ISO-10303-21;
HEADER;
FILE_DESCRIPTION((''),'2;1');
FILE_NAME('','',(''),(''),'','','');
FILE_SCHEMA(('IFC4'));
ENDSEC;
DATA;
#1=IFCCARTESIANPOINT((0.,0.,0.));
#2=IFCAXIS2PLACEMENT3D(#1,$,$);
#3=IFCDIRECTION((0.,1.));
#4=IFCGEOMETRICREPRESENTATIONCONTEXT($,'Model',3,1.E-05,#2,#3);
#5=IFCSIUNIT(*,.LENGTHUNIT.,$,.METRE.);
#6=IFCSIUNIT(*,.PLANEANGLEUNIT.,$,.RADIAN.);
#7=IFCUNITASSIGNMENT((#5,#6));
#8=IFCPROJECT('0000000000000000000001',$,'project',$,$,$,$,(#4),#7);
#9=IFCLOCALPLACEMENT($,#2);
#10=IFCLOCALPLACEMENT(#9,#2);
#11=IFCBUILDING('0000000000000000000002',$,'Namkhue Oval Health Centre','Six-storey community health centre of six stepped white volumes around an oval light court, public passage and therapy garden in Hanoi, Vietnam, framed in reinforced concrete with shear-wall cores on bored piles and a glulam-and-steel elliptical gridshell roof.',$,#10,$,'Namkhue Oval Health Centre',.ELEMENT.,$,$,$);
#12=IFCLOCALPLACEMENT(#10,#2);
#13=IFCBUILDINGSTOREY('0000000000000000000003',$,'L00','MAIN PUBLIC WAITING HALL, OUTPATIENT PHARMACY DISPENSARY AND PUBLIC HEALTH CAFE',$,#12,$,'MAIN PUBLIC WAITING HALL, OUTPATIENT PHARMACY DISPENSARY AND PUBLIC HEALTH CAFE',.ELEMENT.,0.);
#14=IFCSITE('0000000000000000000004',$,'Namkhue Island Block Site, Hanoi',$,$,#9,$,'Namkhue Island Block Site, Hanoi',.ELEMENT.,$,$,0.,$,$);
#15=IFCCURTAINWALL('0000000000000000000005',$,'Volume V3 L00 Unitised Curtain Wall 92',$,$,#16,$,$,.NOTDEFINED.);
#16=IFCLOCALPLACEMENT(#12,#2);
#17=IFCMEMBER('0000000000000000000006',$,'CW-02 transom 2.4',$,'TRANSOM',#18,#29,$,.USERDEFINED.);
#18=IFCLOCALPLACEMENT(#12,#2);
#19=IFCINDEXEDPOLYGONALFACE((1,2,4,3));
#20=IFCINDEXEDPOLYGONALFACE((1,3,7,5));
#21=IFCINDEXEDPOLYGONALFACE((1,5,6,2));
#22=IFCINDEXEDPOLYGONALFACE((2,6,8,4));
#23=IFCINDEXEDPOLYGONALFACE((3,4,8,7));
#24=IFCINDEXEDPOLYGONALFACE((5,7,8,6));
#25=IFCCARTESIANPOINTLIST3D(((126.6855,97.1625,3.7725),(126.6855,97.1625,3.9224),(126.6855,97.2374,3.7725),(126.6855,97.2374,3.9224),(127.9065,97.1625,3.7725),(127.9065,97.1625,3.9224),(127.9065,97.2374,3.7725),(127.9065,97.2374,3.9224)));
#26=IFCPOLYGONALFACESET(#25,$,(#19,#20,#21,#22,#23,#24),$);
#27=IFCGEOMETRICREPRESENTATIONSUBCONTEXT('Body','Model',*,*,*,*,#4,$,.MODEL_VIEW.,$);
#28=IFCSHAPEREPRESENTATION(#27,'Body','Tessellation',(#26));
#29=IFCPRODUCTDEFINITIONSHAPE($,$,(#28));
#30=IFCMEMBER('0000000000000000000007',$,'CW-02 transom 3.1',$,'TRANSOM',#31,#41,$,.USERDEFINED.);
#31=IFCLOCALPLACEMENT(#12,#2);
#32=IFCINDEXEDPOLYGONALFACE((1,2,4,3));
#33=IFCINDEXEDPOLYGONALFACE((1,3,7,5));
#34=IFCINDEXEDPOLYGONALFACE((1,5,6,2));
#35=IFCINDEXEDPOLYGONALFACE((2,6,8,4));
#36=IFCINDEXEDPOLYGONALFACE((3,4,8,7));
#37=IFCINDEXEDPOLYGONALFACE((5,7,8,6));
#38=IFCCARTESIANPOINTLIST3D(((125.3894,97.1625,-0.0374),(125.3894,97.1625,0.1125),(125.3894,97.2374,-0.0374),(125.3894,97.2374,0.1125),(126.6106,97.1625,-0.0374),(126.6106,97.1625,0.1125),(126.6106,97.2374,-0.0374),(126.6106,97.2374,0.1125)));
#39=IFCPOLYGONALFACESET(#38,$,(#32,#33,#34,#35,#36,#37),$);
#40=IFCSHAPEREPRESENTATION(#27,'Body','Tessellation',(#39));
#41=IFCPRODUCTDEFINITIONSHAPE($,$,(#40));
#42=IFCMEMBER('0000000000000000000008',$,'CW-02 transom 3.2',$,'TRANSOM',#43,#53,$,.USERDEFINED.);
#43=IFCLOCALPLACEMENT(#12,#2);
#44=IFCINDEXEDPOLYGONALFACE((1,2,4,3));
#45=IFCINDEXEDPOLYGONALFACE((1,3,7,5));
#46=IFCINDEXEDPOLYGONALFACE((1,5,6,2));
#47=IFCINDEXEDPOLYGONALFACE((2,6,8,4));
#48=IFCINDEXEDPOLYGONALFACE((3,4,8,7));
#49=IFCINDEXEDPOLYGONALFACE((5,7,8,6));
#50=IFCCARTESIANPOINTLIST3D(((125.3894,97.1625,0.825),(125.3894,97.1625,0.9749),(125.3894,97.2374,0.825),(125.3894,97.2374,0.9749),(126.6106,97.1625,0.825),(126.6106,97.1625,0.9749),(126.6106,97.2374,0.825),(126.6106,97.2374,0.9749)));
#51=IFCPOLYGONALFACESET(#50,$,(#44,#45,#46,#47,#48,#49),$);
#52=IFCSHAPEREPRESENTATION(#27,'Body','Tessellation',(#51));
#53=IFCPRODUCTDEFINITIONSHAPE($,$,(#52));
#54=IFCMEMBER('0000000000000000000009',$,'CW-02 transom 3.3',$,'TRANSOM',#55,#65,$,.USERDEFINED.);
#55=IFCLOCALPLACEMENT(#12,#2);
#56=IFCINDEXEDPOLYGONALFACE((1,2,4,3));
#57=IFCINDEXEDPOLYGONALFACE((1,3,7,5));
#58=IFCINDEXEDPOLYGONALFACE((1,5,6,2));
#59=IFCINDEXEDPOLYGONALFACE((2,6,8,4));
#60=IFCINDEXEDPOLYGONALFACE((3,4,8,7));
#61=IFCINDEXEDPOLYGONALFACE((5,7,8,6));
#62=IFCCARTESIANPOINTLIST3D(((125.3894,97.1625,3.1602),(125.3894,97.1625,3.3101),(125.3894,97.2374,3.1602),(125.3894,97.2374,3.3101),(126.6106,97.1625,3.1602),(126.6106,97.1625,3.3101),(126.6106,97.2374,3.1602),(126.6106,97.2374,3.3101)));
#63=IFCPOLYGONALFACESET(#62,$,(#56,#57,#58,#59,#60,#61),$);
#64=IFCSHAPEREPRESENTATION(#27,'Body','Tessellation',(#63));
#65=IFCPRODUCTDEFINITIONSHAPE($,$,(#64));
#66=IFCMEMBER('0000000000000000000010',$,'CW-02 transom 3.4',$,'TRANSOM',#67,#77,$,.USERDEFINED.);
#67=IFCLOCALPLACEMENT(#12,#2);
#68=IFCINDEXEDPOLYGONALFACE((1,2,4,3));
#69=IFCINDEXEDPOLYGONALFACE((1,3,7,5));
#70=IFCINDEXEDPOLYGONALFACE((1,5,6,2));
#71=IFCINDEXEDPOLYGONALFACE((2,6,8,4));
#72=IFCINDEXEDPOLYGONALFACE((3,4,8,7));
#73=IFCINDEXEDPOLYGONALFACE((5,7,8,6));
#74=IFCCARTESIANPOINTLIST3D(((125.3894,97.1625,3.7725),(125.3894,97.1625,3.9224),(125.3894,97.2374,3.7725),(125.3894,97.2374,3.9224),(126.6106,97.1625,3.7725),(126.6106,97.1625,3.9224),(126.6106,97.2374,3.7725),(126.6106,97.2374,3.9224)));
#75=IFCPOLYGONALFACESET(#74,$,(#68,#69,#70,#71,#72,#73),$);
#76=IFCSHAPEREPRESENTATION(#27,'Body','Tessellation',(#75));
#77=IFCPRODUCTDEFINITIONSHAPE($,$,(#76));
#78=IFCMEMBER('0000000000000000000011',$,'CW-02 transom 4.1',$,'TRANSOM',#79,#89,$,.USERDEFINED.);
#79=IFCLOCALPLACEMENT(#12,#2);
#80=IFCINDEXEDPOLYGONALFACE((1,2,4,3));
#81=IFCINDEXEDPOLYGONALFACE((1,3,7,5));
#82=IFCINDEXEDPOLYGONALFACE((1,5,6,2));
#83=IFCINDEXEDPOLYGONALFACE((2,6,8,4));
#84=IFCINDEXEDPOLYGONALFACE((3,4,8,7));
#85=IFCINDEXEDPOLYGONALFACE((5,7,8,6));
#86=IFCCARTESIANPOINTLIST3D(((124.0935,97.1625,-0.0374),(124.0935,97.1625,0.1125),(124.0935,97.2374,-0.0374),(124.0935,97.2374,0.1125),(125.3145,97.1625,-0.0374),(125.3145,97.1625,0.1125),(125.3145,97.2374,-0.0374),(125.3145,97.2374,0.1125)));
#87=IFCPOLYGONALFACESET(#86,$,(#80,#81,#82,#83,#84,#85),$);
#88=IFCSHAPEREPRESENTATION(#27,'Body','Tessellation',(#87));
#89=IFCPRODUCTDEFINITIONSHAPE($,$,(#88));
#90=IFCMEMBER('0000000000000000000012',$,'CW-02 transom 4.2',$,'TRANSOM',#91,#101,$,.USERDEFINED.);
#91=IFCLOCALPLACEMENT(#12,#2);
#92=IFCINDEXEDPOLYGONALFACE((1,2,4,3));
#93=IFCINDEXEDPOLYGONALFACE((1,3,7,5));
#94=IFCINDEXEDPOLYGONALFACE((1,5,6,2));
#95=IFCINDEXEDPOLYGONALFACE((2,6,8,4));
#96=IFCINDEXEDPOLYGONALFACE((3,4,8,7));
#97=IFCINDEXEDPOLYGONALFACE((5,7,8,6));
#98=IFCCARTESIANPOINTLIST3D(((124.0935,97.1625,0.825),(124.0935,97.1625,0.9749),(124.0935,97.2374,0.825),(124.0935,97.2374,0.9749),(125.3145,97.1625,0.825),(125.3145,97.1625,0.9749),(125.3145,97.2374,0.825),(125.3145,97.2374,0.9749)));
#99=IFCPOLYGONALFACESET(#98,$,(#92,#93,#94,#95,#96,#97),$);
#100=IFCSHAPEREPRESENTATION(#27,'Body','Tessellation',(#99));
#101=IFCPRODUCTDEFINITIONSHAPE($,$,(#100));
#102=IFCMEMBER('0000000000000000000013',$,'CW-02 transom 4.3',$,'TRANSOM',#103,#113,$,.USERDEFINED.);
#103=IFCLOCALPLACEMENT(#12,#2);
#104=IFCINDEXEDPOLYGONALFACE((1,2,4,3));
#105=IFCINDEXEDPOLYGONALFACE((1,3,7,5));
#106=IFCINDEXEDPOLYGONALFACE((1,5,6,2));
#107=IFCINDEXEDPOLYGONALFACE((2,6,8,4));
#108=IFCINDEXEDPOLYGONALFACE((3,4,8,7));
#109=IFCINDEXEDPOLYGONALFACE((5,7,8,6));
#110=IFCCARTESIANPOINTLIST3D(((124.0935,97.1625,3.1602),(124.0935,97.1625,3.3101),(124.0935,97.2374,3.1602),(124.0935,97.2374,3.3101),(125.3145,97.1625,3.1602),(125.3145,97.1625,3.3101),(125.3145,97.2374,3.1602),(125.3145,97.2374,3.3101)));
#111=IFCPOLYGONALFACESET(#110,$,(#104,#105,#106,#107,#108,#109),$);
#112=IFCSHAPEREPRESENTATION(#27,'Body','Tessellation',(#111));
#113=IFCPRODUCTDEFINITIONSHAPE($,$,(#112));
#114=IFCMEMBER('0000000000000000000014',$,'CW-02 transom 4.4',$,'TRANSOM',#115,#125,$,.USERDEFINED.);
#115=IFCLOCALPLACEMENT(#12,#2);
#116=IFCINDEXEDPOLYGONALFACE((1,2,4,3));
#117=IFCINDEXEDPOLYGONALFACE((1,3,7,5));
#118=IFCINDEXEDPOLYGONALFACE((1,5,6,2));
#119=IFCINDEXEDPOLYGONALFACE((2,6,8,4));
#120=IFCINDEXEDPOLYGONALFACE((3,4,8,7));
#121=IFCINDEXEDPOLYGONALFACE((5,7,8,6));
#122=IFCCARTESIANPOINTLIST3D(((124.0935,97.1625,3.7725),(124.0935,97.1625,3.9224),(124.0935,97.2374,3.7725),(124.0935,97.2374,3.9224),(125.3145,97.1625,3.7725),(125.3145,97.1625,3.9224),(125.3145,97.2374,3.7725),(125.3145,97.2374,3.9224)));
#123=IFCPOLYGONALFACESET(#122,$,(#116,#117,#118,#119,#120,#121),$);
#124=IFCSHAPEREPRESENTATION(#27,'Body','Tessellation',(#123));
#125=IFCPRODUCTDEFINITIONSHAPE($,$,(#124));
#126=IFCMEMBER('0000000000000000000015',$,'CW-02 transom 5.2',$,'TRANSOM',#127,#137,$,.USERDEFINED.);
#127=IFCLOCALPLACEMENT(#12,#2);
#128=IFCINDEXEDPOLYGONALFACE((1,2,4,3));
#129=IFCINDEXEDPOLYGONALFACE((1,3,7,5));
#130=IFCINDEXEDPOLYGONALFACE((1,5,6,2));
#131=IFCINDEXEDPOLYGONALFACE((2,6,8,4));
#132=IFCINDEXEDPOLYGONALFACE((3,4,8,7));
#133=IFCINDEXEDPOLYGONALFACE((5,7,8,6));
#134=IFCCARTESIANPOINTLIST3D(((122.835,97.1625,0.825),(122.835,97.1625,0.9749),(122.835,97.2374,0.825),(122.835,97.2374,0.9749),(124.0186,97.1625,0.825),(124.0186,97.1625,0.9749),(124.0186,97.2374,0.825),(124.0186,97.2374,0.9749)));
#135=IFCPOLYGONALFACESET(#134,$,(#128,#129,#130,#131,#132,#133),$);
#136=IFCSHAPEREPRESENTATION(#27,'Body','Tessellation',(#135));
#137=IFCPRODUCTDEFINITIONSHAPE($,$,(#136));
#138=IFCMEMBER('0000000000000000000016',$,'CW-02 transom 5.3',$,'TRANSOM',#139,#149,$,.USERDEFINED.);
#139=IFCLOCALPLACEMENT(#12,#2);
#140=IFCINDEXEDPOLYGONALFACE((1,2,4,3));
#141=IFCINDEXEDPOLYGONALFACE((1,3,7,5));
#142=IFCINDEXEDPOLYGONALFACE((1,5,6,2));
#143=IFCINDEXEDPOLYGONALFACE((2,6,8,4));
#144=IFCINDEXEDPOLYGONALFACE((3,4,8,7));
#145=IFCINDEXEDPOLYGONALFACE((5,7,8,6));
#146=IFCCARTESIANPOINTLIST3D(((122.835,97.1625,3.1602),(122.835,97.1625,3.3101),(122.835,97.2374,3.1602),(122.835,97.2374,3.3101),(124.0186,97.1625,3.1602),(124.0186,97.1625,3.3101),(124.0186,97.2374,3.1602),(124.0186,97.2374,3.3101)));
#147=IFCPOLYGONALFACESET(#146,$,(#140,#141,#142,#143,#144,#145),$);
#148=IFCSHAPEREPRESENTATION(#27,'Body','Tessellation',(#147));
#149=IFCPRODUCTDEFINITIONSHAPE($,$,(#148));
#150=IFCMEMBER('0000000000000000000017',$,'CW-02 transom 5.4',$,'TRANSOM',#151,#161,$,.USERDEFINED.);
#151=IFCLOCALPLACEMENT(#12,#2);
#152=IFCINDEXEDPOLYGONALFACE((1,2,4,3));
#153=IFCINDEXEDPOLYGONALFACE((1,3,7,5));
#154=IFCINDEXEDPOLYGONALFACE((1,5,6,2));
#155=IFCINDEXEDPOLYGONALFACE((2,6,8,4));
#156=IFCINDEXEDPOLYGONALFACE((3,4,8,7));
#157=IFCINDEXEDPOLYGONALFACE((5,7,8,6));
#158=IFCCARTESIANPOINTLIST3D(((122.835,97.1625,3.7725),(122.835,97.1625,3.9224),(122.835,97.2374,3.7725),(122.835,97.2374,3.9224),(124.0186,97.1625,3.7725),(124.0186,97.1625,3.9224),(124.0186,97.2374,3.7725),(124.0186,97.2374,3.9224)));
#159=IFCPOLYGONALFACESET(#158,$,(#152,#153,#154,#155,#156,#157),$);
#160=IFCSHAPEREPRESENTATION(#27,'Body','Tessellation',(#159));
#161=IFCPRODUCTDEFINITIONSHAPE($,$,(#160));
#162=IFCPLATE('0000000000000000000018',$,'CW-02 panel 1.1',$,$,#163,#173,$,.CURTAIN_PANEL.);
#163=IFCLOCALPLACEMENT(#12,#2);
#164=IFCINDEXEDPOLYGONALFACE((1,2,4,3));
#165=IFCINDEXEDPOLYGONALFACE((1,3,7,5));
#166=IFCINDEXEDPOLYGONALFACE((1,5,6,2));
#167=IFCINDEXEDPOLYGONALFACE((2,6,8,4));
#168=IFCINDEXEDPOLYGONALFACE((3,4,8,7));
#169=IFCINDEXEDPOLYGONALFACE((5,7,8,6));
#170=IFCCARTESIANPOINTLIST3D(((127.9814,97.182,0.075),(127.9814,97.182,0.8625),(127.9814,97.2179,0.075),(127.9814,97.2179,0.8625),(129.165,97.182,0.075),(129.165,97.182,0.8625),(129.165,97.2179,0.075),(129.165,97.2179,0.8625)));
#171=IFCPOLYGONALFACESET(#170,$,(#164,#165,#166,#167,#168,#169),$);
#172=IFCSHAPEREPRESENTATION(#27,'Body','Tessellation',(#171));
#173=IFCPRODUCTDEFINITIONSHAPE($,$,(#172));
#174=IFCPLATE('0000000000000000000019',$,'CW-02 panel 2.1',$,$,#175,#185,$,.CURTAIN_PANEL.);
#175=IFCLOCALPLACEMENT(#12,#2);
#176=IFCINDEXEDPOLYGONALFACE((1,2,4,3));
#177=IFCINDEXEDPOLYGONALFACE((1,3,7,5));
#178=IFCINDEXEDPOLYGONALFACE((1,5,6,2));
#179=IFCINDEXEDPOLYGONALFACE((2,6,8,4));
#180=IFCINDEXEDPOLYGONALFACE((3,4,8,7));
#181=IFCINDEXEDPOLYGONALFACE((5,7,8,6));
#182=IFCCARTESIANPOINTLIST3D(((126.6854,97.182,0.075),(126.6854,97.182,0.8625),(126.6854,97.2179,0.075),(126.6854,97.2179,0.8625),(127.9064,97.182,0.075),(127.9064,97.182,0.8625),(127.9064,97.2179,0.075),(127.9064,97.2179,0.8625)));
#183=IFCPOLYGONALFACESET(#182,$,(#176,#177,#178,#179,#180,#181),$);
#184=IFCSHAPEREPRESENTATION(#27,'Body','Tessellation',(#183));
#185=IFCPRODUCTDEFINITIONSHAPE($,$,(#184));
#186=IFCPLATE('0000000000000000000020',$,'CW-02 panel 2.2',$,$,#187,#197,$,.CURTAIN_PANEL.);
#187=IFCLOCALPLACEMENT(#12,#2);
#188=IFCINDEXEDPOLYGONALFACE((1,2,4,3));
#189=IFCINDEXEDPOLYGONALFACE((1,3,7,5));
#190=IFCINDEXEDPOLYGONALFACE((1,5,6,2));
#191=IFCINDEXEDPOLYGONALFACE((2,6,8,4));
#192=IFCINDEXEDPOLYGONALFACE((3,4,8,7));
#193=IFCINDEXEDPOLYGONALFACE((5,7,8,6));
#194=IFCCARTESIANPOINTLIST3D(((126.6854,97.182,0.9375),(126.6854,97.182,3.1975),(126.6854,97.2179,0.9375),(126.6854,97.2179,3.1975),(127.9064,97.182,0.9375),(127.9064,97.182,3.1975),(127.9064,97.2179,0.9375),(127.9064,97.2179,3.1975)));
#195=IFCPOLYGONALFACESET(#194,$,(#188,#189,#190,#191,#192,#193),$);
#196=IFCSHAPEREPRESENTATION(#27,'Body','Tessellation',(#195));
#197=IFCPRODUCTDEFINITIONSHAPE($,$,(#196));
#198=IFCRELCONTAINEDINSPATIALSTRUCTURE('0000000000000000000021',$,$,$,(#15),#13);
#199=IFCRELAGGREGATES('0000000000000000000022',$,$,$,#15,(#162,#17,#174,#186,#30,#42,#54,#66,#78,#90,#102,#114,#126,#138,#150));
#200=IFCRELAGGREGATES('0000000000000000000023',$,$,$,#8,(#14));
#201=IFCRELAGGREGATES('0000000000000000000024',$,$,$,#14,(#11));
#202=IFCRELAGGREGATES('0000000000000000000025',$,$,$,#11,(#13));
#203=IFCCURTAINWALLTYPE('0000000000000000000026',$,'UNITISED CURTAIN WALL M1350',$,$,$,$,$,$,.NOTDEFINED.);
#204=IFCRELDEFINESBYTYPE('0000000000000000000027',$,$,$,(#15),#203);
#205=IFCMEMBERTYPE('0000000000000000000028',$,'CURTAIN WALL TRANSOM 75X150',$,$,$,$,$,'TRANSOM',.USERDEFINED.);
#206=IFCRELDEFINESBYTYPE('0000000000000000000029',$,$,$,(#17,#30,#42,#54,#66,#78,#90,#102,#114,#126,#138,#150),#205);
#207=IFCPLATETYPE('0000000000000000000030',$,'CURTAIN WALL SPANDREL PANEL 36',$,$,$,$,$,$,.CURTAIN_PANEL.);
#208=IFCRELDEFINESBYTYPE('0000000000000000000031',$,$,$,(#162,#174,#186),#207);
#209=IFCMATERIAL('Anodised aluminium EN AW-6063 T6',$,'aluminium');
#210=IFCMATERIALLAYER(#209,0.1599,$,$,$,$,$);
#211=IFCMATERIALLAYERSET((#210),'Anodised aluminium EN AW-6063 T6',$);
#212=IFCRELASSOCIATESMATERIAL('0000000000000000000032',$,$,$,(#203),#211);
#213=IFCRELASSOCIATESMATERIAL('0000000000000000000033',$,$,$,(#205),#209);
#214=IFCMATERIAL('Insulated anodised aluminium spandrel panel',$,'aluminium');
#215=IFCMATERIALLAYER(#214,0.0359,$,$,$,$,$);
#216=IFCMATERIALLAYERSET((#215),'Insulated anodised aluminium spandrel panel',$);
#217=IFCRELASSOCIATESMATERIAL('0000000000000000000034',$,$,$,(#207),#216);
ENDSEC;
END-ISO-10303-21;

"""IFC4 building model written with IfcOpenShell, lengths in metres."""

from ifc_helpers import new_model, si_unit, direction, frame, origin, origin_2d, place, context, subcontext, project, spatial, rectangle, extrude, material, layer, layer_set, material_profile, profile_set, type_object, element, aggregate, save


model = new_model("IFC4")

# Units and contexts
model_context = context("Model", 3, precision=1e-05, world=origin(), true_north=direction((0.0, 1.0)))
body_context = subcontext(model_context, "Body", "Model", "MODEL_VIEW")
ifc_project = project(units=[si_unit("LENGTHUNIT", "METRE"), si_unit("PLANEANGLEUNIT", "RADIAN")], contexts=[model_context])

# Site, building, storey
site_placement = place(None, origin())
site = spatial("IfcSite", under=ifc_project, at=site_placement, Name="Namkhue Island Block Site, Hanoi", LongName="Namkhue Island Block Site, Hanoi", CompositionType="ELEMENT", RefElevation=0.0)
building_placement = place(site_placement, origin())
building = spatial("IfcBuilding", under=site, at=building_placement, Name="Namkhue Oval Health Centre", Description="Six-storey community health centre of six stepped white volumes around an oval light court, public passage and therapy garden in Hanoi, Vietnam, framed in reinforced concrete with shear-wall cores on bored piles and a glulam-and-steel elliptical gridshell roof.", LongName="Namkhue Oval Health Centre", CompositionType="ELEMENT")
storey_placement = place(building_placement, origin())
storey = spatial("IfcBuildingStorey", under=building, at=storey_placement, Name="L00", Description="MAIN PUBLIC WAITING HALL, OUTPATIENT PHARMACY DISPENSARY AND PUBLIC HEALTH CAFE", LongName="MAIN PUBLIC WAITING HALL, OUTPATIENT PHARMACY DISPENSARY AND PUBLIC HEALTH CAFE", CompositionType="ELEMENT", Elevation=0.0)

# Curtain wall, members, plates
ifc_material_1 = material(Name="Anodised aluminium EN AW-6063 T6", Category="aluminium")
ifc_layer_1 = layer(ifc_material_1, 0.1599)
ifc_layer_set_1 = layer_set([ifc_layer_1], Name="Anodised aluminium EN AW-6063 T6")
curtain_wall_type = type_object("IfcCurtainWallType", Name="UNITISED CURTAIN WALL M1350", PredefinedType="NOTDEFINED", material=ifc_layer_set_1)
curtain_wall_placement = place(storey_placement, origin())
curtain_wall = element("IfcCurtainWall", 1, at=curtain_wall_placement, inside=storey, type_object=curtain_wall_type, Name="Volume V3 L00 Unitised Curtain Wall 92", PredefinedType="NOTDEFINED")
ifc_material_profile_1 = material_profile(ifc_material_1, rectangle(XDim=0.075, YDim=0.1499, at=origin_2d()), Name="ALU 75x150")
ifc_profile_set_1 = profile_set([ifc_material_profile_1], Name="Anodised aluminium EN AW-6063 T6")
member_type_1 = type_object("IfcMemberType", Name="CURTAIN WALL TRANSOM 75X150", ElementType="TRANSOM", PredefinedType="USERDEFINED", material=ifc_profile_set_1)
member_1_placement = place(storey_placement, frame((127.9065, 97.2, 3.8474), z_axis=(-1.0, 0.0, 0.0), x_axis=(0.0, -1.0, 0.0)))
member_1 = element("IfcMember", 2, at=member_1_placement, type_object=member_type_1, Name="CW-02 transom 2.4", ObjectType="TRANSOM", PredefinedType="USERDEFINED", context=body_context, shape_type="SweptSolid", body=[
    extrude(rectangle(XDim=0.075, YDim=0.1499, at=origin_2d()), origin(), (0.0, 0.0, 1.0), 1.2209),
])
member_2_placement = place(storey_placement, frame((126.6106, 97.2, 0.0376), z_axis=(-1.0, 0.0, 0.0), x_axis=(0.0, -1.0, 0.0)))
member_2 = element("IfcMember", 3, at=member_2_placement, type_object=member_type_1, Name="CW-02 transom 3.1", ObjectType="TRANSOM", PredefinedType="USERDEFINED", context=body_context, shape_type="SweptSolid", body=[
    extrude(rectangle(XDim=0.075, YDim=0.1499, at=origin_2d()), origin(), (0.0, 0.0, 1.0), 1.2212),
])
member_3_placement = place(storey_placement, frame((126.6106, 97.2, 0.8999), z_axis=(-1.0, 0.0, 0.0), x_axis=(0.0, -1.0, 0.0)))
member_3 = element("IfcMember", 4, at=member_3_placement, type_object=member_type_1, Name="CW-02 transom 3.2", ObjectType="TRANSOM", PredefinedType="USERDEFINED", context=body_context, shape_type="SweptSolid", body=[
    extrude(rectangle(XDim=0.075, YDim=0.1499, at=origin_2d()), origin(), (0.0, 0.0, 1.0), 1.2212),
])
member_4_placement = place(storey_placement, frame((126.6106, 97.2, 3.2351), z_axis=(-1.0, 0.0, 0.0), x_axis=(0.0, -1.0, 0.0)))
member_4 = element("IfcMember", 5, at=member_4_placement, type_object=member_type_1, Name="CW-02 transom 3.3", ObjectType="TRANSOM", PredefinedType="USERDEFINED", context=body_context, shape_type="SweptSolid", body=[
    extrude(rectangle(XDim=0.075, YDim=0.1499, at=origin_2d()), origin(), (0.0, 0.0, 1.0), 1.2212),
])
member_5_placement = place(storey_placement, frame((126.6106, 97.2, 3.8474), z_axis=(-1.0, 0.0, 0.0), x_axis=(0.0, -1.0, 0.0)))
member_5 = element("IfcMember", 6, at=member_5_placement, type_object=member_type_1, Name="CW-02 transom 3.4", ObjectType="TRANSOM", PredefinedType="USERDEFINED", context=body_context, shape_type="SweptSolid", body=[
    extrude(rectangle(XDim=0.075, YDim=0.1499, at=origin_2d()), origin(), (0.0, 0.0, 1.0), 1.2212),
])
member_6_placement = place(storey_placement, frame((125.3145, 97.2, 0.0376), z_axis=(-1.0, 0.0, 0.0), x_axis=(0.0, -1.0, 0.0)))
member_6 = element("IfcMember", 7, at=member_6_placement, type_object=member_type_1, Name="CW-02 transom 4.1", ObjectType="TRANSOM", PredefinedType="USERDEFINED", context=body_context, shape_type="SweptSolid", body=[
    extrude(rectangle(XDim=0.075, YDim=0.1499, at=origin_2d()), origin(), (0.0, 0.0, 1.0), 1.2209),
])
member_7_placement = place(storey_placement, frame((125.3145, 97.2, 0.8999), z_axis=(-1.0, 0.0, 0.0), x_axis=(0.0, -1.0, 0.0)))
member_7 = element("IfcMember", 8, at=member_7_placement, type_object=member_type_1, Name="CW-02 transom 4.2", ObjectType="TRANSOM", PredefinedType="USERDEFINED", context=body_context, shape_type="SweptSolid", body=[
    extrude(rectangle(XDim=0.075, YDim=0.1499, at=origin_2d()), origin(), (0.0, 0.0, 1.0), 1.2209),
])
member_8_placement = place(storey_placement, frame((125.3145, 97.2, 3.2351), z_axis=(-1.0, 0.0, 0.0), x_axis=(0.0, -1.0, 0.0)))
member_8 = element("IfcMember", 9, at=member_8_placement, type_object=member_type_1, Name="CW-02 transom 4.3", ObjectType="TRANSOM", PredefinedType="USERDEFINED", context=body_context, shape_type="SweptSolid", body=[
    extrude(rectangle(XDim=0.075, YDim=0.1499, at=origin_2d()), origin(), (0.0, 0.0, 1.0), 1.2209),
])
member_9_placement = place(storey_placement, frame((125.3145, 97.2, 3.8474), z_axis=(-1.0, 0.0, 0.0), x_axis=(0.0, -1.0, 0.0)))
member_9 = element("IfcMember", 10, at=member_9_placement, type_object=member_type_1, Name="CW-02 transom 4.4", ObjectType="TRANSOM", PredefinedType="USERDEFINED", context=body_context, shape_type="SweptSolid", body=[
    extrude(rectangle(XDim=0.075, YDim=0.1499, at=origin_2d()), origin(), (0.0, 0.0, 1.0), 1.2209),
])
member_10_placement = place(storey_placement, frame((124.0186, 97.2, 0.8999), z_axis=(-1.0, 0.0, 0.0), x_axis=(0.0, -1.0, 0.0)))
member_10 = element("IfcMember", 11, at=member_10_placement, type_object=member_type_1, Name="CW-02 transom 5.2", ObjectType="TRANSOM", PredefinedType="USERDEFINED", context=body_context, shape_type="SweptSolid", body=[
    extrude(rectangle(XDim=0.075, YDim=0.1499, at=origin_2d()), origin(), (0.0, 0.0, 1.0), 1.1836),
])
member_11_placement = place(storey_placement, frame((124.0186, 97.2, 3.2351), z_axis=(-1.0, 0.0, 0.0), x_axis=(0.0, -1.0, 0.0)))
member_11 = element("IfcMember", 12, at=member_11_placement, type_object=member_type_1, Name="CW-02 transom 5.3", ObjectType="TRANSOM", PredefinedType="USERDEFINED", context=body_context, shape_type="SweptSolid", body=[
    extrude(rectangle(XDim=0.075, YDim=0.1499, at=origin_2d()), origin(), (0.0, 0.0, 1.0), 1.1836),
])
member_12_placement = place(storey_placement, frame((124.0186, 97.2, 3.8474), z_axis=(-1.0, 0.0, 0.0), x_axis=(0.0, -1.0, 0.0)))
member_12 = element("IfcMember", 13, at=member_12_placement, type_object=member_type_1, Name="CW-02 transom 5.4", ObjectType="TRANSOM", PredefinedType="USERDEFINED", context=body_context, shape_type="SweptSolid", body=[
    extrude(rectangle(XDim=0.075, YDim=0.1499, at=origin_2d()), origin(), (0.0, 0.0, 1.0), 1.1836),
])
ifc_material_2 = material(Name="Insulated anodised aluminium spandrel panel", Category="aluminium")
ifc_layer_2 = layer(ifc_material_2, 0.0359)
ifc_layer_set_2 = layer_set([ifc_layer_2], Name="Insulated anodised aluminium spandrel panel")
plate_type = type_object("IfcPlateType", Name="CURTAIN WALL SPANDREL PANEL 36", PredefinedType="CURTAIN_PANEL", material=ifc_layer_set_2)
plate_1_placement = place(storey_placement, frame((128.5732, 97.2, 0.075), z_axis=(0.0, 0.0, 1.0), x_axis=(-1.0, 0.0, 0.0)))
plate_1 = element("IfcPlate", 14, at=plate_1_placement, type_object=plate_type, Name="CW-02 panel 1.1", PredefinedType="CURTAIN_PANEL", context=body_context, shape_type="SweptSolid", body=[
    extrude(rectangle(XDim=1.1836, YDim=0.0359, at=origin_2d()), origin(), (0.0, 0.0, 1.0), 0.7876),
])
plate_2_placement = place(storey_placement, frame((127.2959, 97.2, 0.075), z_axis=(0.0, 0.0, 1.0), x_axis=(-1.0, 0.0, 0.0)))
plate_2 = element("IfcPlate", 15, at=plate_2_placement, type_object=plate_type, Name="CW-02 panel 2.1", PredefinedType="CURTAIN_PANEL", context=body_context, shape_type="SweptSolid", body=[
    extrude(rectangle(XDim=1.2209, YDim=0.0359, at=origin_2d()), origin(), (0.0, 0.0, 1.0), 0.7876),
])
plate_3_placement = place(storey_placement, frame((127.2959, 97.2, 0.9375), z_axis=(0.0, 0.0, 1.0), x_axis=(-1.0, 0.0, 0.0)))
plate_3 = element("IfcPlate", 16, at=plate_3_placement, type_object=plate_type, Name="CW-02 panel 2.2", PredefinedType="CURTAIN_PANEL", context=body_context, shape_type="SweptSolid", body=[
    extrude(rectangle(XDim=1.2209, YDim=0.0359, at=origin_2d()), origin(), (0.0, 0.0, 1.0), 2.26),
])
aggregate(curtain_wall, [plate_1, member_1, plate_2, plate_3, member_2, member_3, member_4, member_5, member_6, member_7, member_8, member_9, member_10, member_11, member_12])

save(model, "model.ifc")
